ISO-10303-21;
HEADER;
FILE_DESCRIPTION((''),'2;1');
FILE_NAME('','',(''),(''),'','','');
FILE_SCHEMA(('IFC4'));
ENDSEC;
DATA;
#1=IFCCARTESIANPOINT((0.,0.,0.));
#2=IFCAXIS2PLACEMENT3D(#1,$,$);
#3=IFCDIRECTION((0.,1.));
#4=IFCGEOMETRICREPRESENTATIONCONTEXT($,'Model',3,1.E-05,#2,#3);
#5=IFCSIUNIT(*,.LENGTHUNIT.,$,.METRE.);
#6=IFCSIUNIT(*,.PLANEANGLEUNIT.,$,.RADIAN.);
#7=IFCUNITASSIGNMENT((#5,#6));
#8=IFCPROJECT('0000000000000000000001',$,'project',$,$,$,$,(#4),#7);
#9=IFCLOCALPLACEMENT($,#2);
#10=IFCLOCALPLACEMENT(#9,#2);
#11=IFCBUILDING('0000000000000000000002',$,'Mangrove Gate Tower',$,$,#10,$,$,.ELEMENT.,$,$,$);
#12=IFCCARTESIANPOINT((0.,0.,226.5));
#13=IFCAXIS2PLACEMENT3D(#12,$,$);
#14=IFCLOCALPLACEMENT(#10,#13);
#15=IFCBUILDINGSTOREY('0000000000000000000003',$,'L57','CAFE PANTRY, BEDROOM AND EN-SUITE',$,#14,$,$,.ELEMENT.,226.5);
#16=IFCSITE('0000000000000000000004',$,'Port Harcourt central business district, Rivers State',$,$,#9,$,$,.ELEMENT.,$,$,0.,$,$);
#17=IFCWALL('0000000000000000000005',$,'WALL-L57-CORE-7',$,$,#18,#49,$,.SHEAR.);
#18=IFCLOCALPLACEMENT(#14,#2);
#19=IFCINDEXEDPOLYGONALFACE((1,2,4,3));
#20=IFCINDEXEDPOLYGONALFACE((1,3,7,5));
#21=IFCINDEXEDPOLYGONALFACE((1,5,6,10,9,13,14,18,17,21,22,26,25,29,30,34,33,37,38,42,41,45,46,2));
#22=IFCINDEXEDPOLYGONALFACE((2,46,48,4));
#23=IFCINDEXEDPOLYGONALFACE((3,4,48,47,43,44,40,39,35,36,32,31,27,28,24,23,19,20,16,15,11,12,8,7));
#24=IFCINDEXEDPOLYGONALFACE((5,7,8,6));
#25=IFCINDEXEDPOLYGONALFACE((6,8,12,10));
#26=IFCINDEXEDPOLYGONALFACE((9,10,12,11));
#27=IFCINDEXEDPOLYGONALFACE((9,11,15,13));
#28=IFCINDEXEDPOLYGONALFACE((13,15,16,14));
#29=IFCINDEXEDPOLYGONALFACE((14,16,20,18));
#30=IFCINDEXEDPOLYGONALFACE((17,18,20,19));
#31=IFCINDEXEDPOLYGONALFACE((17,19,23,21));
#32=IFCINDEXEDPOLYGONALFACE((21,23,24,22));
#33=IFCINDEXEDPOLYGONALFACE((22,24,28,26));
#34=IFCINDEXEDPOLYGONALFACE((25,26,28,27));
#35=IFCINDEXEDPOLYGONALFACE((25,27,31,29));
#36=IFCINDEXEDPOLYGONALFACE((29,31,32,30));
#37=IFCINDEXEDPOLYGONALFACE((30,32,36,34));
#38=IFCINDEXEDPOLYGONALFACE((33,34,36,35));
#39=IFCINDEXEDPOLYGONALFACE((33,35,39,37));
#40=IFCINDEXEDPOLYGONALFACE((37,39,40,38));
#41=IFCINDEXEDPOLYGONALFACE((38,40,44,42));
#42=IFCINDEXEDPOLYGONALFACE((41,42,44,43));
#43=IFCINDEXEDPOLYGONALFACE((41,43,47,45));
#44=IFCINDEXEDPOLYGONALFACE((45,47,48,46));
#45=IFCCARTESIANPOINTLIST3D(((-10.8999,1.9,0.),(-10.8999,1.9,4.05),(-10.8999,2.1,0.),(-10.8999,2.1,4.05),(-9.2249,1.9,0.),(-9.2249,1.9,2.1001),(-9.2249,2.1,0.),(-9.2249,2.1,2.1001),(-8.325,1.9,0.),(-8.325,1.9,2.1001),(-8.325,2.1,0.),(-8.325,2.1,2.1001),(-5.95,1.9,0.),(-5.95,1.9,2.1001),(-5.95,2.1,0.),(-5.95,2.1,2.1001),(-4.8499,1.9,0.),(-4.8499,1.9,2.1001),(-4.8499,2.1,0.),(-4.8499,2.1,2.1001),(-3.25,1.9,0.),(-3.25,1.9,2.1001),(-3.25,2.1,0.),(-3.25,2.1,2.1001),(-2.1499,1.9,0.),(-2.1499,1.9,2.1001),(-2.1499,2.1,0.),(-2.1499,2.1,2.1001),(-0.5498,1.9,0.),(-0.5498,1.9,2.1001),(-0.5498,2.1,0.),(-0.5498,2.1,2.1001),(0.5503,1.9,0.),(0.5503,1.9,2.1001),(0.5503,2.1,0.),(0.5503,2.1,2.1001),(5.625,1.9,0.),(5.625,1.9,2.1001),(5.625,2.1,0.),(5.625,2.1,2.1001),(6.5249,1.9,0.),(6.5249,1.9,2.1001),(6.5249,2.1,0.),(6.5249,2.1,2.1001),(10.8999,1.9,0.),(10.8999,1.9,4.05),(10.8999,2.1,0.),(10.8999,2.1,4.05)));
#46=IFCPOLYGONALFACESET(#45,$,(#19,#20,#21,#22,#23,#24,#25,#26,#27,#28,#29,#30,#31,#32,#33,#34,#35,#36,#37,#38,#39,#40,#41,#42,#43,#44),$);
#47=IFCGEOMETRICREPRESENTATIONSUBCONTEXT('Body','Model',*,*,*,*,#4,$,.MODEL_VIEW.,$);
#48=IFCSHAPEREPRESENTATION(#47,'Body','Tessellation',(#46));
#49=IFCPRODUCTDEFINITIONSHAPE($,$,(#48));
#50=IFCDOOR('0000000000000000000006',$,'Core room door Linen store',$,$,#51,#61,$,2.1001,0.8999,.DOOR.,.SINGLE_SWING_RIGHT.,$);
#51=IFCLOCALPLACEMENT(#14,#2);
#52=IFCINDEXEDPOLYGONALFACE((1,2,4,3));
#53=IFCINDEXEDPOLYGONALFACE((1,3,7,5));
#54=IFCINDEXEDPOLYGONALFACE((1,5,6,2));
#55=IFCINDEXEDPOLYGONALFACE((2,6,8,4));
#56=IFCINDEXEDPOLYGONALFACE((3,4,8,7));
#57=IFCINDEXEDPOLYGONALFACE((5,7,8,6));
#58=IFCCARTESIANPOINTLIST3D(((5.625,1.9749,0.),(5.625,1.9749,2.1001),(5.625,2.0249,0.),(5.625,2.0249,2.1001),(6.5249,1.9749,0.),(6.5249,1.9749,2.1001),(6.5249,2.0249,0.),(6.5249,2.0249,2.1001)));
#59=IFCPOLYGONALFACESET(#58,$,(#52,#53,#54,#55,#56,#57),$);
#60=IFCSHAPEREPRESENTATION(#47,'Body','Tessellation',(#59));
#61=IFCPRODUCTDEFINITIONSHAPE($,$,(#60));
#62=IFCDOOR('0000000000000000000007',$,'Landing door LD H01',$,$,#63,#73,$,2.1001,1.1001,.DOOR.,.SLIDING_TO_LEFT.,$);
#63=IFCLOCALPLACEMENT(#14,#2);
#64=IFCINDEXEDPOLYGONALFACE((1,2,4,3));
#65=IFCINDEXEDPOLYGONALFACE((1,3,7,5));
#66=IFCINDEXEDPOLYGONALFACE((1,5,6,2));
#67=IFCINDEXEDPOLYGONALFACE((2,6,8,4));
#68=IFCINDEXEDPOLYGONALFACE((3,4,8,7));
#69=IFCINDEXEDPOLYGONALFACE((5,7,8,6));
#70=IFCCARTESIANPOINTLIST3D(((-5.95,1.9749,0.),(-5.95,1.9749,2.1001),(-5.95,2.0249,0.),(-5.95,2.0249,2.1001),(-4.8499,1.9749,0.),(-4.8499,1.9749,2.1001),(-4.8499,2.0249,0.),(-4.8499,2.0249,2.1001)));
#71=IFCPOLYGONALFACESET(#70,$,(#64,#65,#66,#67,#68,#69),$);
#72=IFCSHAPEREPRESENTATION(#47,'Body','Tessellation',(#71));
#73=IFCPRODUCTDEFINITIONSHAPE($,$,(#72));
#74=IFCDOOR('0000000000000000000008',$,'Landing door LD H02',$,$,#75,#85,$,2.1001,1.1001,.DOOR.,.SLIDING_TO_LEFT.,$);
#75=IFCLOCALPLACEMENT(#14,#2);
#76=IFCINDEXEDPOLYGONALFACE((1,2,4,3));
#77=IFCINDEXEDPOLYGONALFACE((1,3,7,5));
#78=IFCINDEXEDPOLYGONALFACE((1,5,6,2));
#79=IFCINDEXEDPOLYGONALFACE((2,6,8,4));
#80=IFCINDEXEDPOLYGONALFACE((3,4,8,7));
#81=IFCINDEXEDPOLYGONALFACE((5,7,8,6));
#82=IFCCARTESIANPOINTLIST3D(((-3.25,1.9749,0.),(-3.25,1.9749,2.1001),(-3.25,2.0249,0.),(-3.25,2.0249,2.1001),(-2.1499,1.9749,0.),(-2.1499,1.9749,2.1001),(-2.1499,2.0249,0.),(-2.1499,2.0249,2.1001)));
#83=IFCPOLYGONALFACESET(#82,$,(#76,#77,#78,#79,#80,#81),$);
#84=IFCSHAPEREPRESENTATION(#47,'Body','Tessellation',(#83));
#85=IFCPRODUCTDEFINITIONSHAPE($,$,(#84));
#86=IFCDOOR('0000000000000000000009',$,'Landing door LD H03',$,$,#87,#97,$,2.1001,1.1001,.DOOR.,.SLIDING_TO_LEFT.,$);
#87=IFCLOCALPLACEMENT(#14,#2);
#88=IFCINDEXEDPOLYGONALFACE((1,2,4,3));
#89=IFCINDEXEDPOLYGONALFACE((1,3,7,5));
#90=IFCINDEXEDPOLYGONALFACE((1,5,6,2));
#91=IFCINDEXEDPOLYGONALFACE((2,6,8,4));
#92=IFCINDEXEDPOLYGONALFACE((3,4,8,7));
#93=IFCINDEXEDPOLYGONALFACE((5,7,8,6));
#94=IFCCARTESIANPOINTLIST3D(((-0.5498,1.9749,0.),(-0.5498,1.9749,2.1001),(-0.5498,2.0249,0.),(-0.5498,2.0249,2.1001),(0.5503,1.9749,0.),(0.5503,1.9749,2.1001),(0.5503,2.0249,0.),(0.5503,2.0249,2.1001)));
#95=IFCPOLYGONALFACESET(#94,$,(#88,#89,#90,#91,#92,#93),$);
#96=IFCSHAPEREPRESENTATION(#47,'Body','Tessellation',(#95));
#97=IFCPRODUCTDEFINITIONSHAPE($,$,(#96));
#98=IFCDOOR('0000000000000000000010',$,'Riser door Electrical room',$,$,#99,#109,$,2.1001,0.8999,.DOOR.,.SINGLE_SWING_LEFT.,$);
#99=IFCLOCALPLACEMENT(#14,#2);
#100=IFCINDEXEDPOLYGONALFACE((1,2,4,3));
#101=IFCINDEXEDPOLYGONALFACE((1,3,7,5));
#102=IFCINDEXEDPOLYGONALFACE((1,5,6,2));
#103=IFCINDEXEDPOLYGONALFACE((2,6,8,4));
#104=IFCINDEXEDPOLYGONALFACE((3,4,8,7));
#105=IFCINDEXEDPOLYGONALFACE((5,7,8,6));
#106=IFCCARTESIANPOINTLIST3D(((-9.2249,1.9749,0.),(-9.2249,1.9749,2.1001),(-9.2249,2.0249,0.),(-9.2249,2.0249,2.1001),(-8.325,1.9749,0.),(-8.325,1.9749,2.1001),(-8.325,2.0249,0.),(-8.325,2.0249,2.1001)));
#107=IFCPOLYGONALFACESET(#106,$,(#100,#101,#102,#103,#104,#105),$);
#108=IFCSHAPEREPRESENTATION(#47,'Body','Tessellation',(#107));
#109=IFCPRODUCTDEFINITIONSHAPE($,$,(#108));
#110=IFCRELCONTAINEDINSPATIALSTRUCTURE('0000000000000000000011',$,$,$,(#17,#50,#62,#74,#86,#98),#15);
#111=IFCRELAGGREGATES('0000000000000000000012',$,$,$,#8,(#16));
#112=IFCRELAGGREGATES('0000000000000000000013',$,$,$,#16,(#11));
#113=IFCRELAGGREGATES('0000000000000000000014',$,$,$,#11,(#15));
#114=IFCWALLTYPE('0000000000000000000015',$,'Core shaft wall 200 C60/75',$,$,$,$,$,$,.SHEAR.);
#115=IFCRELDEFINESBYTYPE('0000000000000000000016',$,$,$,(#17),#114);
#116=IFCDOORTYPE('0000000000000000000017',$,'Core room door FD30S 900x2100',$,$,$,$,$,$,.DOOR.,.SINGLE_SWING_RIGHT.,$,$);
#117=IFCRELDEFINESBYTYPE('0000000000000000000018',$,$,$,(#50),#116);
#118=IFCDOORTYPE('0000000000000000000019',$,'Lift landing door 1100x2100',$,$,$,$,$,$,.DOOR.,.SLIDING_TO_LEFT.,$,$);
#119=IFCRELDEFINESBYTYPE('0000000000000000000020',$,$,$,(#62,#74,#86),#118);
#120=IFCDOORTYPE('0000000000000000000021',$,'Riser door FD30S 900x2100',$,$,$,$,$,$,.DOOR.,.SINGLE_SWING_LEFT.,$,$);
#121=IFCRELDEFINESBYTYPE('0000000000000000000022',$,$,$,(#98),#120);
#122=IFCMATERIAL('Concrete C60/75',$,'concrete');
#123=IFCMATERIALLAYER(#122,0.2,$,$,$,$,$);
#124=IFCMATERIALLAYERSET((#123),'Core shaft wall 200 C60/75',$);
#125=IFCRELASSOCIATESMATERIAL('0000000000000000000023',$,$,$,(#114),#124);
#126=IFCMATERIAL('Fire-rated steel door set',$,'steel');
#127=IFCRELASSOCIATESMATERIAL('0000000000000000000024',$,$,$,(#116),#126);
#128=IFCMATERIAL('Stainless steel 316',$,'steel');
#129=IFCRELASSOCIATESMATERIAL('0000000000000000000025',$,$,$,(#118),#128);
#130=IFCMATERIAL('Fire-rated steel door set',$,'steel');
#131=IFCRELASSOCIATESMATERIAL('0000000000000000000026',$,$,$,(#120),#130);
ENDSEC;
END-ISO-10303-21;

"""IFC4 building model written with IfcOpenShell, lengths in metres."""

from ifc_helpers import new_model, si_unit, direction, frame, frame_2d, origin, place, context, subcontext, project, spatial, rectangle, extrude, material, layer, layer_set, type_object, element, fill, save


model = new_model("IFC4")

# Units and contexts
model_context = context("Model", 3, precision=1e-05, world=origin(), true_north=direction((0.0, 1.0)))
body_context = subcontext(model_context, "Body", "Model", "MODEL_VIEW")
ifc_project = project(units=[si_unit("LENGTHUNIT", "METRE"), si_unit("PLANEANGLEUNIT", "RADIAN")], contexts=[model_context])

# Site, building, storey
site_placement = place(None, origin())
site = spatial("IfcSite", under=ifc_project, at=site_placement, Name="Port Harcourt central business district, Rivers State", CompositionType="ELEMENT", RefElevation=0.0)
building_placement = place(site_placement, origin())
building = spatial("IfcBuilding", under=site, at=building_placement, Name="Mangrove Gate Tower", CompositionType="ELEMENT")
storey_placement = place(building_placement, frame((0.0, 0.0, 226.5)))
storey = spatial("IfcBuildingStorey", under=building, at=storey_placement, Name="L57", Description="CAFE PANTRY, BEDROOM AND EN-SUITE", CompositionType="ELEMENT", Elevation=226.5)

# Shared definitions
ifc_material_1 = material(Name="Concrete C60/75", Category="concrete")
ifc_layer_1 = layer(ifc_material_1, 0.2)
ifc_layer_set_1 = layer_set([ifc_layer_1], Name="Core shaft wall 200 C60/75")
wall_type_1 = type_object("IfcWallType", Name="Core shaft wall 200 C60/75", PredefinedType="SHEAR", material=ifc_layer_set_1)

# Wall, openings, doors
wall_1_placement = place(storey_placement, frame((-10.8999, 2.0, 0.0), z_axis=(0.0, 0.0, 1.0), x_axis=(1.0, 0.0, 0.0)))
wall_1 = element("IfcWall", 1, at=wall_1_placement, inside=storey, type_object=wall_type_1, Name="WALL-L57-CORE-7", PredefinedType="SHEAR", context=body_context, shape_type="SweptSolid", body=[
    extrude(rectangle(XDim=21.7998, YDim=0.2, at=frame_2d((10.8999, 0.0))), origin(), (0.0, 0.0, 1.0), 4.05),
])
opening_1_placement = place(wall_1_placement, frame((4.95, 0.0, 0.0)))
opening_1 = element("IfcOpeningElement", 2, at=opening_1_placement, cuts=wall_1, PredefinedType="OPENING", context=body_context, shape_type="SweptSolid", body=[
    extrude(rectangle(XDim=1.1001, YDim=2.1001, at=frame_2d((0.55, 1.05))), frame((0.0, 0.1099, 0.0), z_axis=(0.0, -1.0, 0.0), x_axis=(1.0, 0.0, 0.0)), (0.0, 0.0, 1.0), 0.22),
])
opening_2_placement = place(wall_1_placement, frame((7.6499, 0.0, 0.0)))
opening_2 = element("IfcOpeningElement", 3, at=opening_2_placement, cuts=wall_1, PredefinedType="OPENING", context=body_context, shape_type="SweptSolid", body=[
    extrude(rectangle(XDim=1.1001, YDim=2.1001, at=frame_2d((0.55, 1.05))), frame((0.0, 0.1099, 0.0), z_axis=(0.0, -1.0, 0.0), x_axis=(1.0, 0.0, 0.0)), (0.0, 0.0, 1.0), 0.22),
])
opening_3_placement = place(wall_1_placement, frame((10.3501, 0.0, 0.0)))
opening_3 = element("IfcOpeningElement", 4, at=opening_3_placement, cuts=wall_1, PredefinedType="OPENING", context=body_context, shape_type="SweptSolid", body=[
    extrude(rectangle(XDim=1.1001, YDim=2.1001, at=frame_2d((0.55, 1.05))), frame((0.0, 0.1099, 0.0), z_axis=(0.0, -1.0, 0.0), x_axis=(1.0, 0.0, 0.0)), (0.0, 0.0, 1.0), 0.22),
])
opening_4_placement = place(wall_1_placement, frame((1.675, 0.0, 0.0)))
opening_4 = element("IfcOpeningElement", 5, at=opening_4_placement, cuts=wall_1, PredefinedType="OPENING", context=body_context, shape_type="SweptSolid", body=[
    extrude(rectangle(XDim=0.8999, YDim=2.1001, at=frame_2d((0.45, 1.05))), frame((0.0, 0.1099, 0.0), z_axis=(0.0, -1.0, 0.0), x_axis=(1.0, 0.0, 0.0)), (0.0, 0.0, 1.0), 0.22),
])
opening_5_placement = place(wall_1_placement, frame((16.5249, 0.0, 0.0)))
opening_5 = element("IfcOpeningElement", 6, at=opening_5_placement, cuts=wall_1, PredefinedType="OPENING", context=body_context, shape_type="SweptSolid", body=[
    extrude(rectangle(XDim=0.8999, YDim=2.1001, at=frame_2d((0.45, 1.05))), frame((0.0, 0.1099, 0.0), z_axis=(0.0, -1.0, 0.0), x_axis=(1.0, 0.0, 0.0)), (0.0, 0.0, 1.0), 0.22),
])
ifc_material_2 = material(Name="Fire-rated steel door set", Category="steel")
door_type_1 = type_object("IfcDoorType", Name="Core room door FD30S 900x2100", OperationType="SINGLE_SWING_RIGHT", PredefinedType="DOOR", material=ifc_material_2)
door_1_placement = place(opening_5_placement, origin())
door_1 = element("IfcDoor", 7, at=door_1_placement, inside=storey, type_object=door_type_1, Name="Core room door Linen store", OperationType="SINGLE_SWING_RIGHT", OverallHeight=2.1001, OverallWidth=0.8999, PredefinedType="DOOR", context=body_context, shape_type="SweptSolid", body=[
    extrude(rectangle(XDim=0.8999, YDim=2.1001, at=frame_2d((0.45, 1.05))), frame((0.0, 0.0249, 0.0), z_axis=(0.0, -1.0, 0.0), x_axis=(1.0, 0.0, 0.0)), (0.0, 0.0, 1.0), 0.05),
])
fill(opening_5, door_1)
ifc_material_3 = material(Name="Stainless steel 316", Category="steel")
door_type_2 = type_object("IfcDoorType", Name="Lift landing door 1100x2100", OperationType="SLIDING_TO_LEFT", PredefinedType="DOOR", material=ifc_material_3)
door_2_placement = place(opening_1_placement, origin())
door_2 = element("IfcDoor", 8, at=door_2_placement, inside=storey, type_object=door_type_2, Name="Landing door LD H01", OperationType="SLIDING_TO_LEFT", OverallHeight=2.1001, OverallWidth=1.1001, PredefinedType="DOOR", context=body_context, shape_type="SweptSolid", body=[
    extrude(rectangle(XDim=1.1001, YDim=2.1001, at=frame_2d((0.55, 1.05))), frame((0.0, 0.0249, 0.0), z_axis=(0.0, -1.0, 0.0), x_axis=(1.0, 0.0, 0.0)), (0.0, 0.0, 1.0), 0.05),
])
fill(opening_1, door_2)
door_3_placement = place(opening_2_placement, origin())
door_3 = element("IfcDoor", 9, at=door_3_placement, inside=storey, type_object=door_type_2, Name="Landing door LD H02", OperationType="SLIDING_TO_LEFT", OverallHeight=2.1001, OverallWidth=1.1001, PredefinedType="DOOR", context=body_context, shape_type="SweptSolid", body=[
    extrude(rectangle(XDim=1.1001, YDim=2.1001, at=frame_2d((0.55, 1.05))), frame((0.0, 0.0249, 0.0), z_axis=(0.0, -1.0, 0.0), x_axis=(1.0, 0.0, 0.0)), (0.0, 0.0, 1.0), 0.05),
])
fill(opening_2, door_3)
door_4_placement = place(opening_3_placement, origin())
door_4 = element("IfcDoor", 10, at=door_4_placement, inside=storey, type_object=door_type_2, Name="Landing door LD H03", OperationType="SLIDING_TO_LEFT", OverallHeight=2.1001, OverallWidth=1.1001, PredefinedType="DOOR", context=body_context, shape_type="SweptSolid", body=[
    extrude(rectangle(XDim=1.1001, YDim=2.1001, at=frame_2d((0.55, 1.05))), frame((0.0, 0.0249, 0.0), z_axis=(0.0, -1.0, 0.0), x_axis=(1.0, 0.0, 0.0)), (0.0, 0.0, 1.0), 0.05),
])
fill(opening_3, door_4)
ifc_material_4 = material(Name="Fire-rated steel door set", Category="steel")
door_type_3 = type_object("IfcDoorType", Name="Riser door FD30S 900x2100", OperationType="SINGLE_SWING_LEFT", PredefinedType="DOOR", material=ifc_material_4)
door_5_placement = place(opening_4_placement, origin())
door_5 = element("IfcDoor", 11, at=door_5_placement, inside=storey, type_object=door_type_3, Name="Riser door Electrical room", OperationType="SINGLE_SWING_LEFT", OverallHeight=2.1001, OverallWidth=0.8999, PredefinedType="DOOR", context=body_context, shape_type="SweptSolid", body=[
    extrude(rectangle(XDim=0.8999, YDim=2.1001, at=frame_2d((0.45, 1.05))), frame((0.0, 0.0249, 0.0), z_axis=(0.0, -1.0, 0.0), x_axis=(1.0, 0.0, 0.0)), (0.0, 0.0, 1.0), 0.05),
])
fill(opening_4, door_5)

save(model, "model.ifc")
